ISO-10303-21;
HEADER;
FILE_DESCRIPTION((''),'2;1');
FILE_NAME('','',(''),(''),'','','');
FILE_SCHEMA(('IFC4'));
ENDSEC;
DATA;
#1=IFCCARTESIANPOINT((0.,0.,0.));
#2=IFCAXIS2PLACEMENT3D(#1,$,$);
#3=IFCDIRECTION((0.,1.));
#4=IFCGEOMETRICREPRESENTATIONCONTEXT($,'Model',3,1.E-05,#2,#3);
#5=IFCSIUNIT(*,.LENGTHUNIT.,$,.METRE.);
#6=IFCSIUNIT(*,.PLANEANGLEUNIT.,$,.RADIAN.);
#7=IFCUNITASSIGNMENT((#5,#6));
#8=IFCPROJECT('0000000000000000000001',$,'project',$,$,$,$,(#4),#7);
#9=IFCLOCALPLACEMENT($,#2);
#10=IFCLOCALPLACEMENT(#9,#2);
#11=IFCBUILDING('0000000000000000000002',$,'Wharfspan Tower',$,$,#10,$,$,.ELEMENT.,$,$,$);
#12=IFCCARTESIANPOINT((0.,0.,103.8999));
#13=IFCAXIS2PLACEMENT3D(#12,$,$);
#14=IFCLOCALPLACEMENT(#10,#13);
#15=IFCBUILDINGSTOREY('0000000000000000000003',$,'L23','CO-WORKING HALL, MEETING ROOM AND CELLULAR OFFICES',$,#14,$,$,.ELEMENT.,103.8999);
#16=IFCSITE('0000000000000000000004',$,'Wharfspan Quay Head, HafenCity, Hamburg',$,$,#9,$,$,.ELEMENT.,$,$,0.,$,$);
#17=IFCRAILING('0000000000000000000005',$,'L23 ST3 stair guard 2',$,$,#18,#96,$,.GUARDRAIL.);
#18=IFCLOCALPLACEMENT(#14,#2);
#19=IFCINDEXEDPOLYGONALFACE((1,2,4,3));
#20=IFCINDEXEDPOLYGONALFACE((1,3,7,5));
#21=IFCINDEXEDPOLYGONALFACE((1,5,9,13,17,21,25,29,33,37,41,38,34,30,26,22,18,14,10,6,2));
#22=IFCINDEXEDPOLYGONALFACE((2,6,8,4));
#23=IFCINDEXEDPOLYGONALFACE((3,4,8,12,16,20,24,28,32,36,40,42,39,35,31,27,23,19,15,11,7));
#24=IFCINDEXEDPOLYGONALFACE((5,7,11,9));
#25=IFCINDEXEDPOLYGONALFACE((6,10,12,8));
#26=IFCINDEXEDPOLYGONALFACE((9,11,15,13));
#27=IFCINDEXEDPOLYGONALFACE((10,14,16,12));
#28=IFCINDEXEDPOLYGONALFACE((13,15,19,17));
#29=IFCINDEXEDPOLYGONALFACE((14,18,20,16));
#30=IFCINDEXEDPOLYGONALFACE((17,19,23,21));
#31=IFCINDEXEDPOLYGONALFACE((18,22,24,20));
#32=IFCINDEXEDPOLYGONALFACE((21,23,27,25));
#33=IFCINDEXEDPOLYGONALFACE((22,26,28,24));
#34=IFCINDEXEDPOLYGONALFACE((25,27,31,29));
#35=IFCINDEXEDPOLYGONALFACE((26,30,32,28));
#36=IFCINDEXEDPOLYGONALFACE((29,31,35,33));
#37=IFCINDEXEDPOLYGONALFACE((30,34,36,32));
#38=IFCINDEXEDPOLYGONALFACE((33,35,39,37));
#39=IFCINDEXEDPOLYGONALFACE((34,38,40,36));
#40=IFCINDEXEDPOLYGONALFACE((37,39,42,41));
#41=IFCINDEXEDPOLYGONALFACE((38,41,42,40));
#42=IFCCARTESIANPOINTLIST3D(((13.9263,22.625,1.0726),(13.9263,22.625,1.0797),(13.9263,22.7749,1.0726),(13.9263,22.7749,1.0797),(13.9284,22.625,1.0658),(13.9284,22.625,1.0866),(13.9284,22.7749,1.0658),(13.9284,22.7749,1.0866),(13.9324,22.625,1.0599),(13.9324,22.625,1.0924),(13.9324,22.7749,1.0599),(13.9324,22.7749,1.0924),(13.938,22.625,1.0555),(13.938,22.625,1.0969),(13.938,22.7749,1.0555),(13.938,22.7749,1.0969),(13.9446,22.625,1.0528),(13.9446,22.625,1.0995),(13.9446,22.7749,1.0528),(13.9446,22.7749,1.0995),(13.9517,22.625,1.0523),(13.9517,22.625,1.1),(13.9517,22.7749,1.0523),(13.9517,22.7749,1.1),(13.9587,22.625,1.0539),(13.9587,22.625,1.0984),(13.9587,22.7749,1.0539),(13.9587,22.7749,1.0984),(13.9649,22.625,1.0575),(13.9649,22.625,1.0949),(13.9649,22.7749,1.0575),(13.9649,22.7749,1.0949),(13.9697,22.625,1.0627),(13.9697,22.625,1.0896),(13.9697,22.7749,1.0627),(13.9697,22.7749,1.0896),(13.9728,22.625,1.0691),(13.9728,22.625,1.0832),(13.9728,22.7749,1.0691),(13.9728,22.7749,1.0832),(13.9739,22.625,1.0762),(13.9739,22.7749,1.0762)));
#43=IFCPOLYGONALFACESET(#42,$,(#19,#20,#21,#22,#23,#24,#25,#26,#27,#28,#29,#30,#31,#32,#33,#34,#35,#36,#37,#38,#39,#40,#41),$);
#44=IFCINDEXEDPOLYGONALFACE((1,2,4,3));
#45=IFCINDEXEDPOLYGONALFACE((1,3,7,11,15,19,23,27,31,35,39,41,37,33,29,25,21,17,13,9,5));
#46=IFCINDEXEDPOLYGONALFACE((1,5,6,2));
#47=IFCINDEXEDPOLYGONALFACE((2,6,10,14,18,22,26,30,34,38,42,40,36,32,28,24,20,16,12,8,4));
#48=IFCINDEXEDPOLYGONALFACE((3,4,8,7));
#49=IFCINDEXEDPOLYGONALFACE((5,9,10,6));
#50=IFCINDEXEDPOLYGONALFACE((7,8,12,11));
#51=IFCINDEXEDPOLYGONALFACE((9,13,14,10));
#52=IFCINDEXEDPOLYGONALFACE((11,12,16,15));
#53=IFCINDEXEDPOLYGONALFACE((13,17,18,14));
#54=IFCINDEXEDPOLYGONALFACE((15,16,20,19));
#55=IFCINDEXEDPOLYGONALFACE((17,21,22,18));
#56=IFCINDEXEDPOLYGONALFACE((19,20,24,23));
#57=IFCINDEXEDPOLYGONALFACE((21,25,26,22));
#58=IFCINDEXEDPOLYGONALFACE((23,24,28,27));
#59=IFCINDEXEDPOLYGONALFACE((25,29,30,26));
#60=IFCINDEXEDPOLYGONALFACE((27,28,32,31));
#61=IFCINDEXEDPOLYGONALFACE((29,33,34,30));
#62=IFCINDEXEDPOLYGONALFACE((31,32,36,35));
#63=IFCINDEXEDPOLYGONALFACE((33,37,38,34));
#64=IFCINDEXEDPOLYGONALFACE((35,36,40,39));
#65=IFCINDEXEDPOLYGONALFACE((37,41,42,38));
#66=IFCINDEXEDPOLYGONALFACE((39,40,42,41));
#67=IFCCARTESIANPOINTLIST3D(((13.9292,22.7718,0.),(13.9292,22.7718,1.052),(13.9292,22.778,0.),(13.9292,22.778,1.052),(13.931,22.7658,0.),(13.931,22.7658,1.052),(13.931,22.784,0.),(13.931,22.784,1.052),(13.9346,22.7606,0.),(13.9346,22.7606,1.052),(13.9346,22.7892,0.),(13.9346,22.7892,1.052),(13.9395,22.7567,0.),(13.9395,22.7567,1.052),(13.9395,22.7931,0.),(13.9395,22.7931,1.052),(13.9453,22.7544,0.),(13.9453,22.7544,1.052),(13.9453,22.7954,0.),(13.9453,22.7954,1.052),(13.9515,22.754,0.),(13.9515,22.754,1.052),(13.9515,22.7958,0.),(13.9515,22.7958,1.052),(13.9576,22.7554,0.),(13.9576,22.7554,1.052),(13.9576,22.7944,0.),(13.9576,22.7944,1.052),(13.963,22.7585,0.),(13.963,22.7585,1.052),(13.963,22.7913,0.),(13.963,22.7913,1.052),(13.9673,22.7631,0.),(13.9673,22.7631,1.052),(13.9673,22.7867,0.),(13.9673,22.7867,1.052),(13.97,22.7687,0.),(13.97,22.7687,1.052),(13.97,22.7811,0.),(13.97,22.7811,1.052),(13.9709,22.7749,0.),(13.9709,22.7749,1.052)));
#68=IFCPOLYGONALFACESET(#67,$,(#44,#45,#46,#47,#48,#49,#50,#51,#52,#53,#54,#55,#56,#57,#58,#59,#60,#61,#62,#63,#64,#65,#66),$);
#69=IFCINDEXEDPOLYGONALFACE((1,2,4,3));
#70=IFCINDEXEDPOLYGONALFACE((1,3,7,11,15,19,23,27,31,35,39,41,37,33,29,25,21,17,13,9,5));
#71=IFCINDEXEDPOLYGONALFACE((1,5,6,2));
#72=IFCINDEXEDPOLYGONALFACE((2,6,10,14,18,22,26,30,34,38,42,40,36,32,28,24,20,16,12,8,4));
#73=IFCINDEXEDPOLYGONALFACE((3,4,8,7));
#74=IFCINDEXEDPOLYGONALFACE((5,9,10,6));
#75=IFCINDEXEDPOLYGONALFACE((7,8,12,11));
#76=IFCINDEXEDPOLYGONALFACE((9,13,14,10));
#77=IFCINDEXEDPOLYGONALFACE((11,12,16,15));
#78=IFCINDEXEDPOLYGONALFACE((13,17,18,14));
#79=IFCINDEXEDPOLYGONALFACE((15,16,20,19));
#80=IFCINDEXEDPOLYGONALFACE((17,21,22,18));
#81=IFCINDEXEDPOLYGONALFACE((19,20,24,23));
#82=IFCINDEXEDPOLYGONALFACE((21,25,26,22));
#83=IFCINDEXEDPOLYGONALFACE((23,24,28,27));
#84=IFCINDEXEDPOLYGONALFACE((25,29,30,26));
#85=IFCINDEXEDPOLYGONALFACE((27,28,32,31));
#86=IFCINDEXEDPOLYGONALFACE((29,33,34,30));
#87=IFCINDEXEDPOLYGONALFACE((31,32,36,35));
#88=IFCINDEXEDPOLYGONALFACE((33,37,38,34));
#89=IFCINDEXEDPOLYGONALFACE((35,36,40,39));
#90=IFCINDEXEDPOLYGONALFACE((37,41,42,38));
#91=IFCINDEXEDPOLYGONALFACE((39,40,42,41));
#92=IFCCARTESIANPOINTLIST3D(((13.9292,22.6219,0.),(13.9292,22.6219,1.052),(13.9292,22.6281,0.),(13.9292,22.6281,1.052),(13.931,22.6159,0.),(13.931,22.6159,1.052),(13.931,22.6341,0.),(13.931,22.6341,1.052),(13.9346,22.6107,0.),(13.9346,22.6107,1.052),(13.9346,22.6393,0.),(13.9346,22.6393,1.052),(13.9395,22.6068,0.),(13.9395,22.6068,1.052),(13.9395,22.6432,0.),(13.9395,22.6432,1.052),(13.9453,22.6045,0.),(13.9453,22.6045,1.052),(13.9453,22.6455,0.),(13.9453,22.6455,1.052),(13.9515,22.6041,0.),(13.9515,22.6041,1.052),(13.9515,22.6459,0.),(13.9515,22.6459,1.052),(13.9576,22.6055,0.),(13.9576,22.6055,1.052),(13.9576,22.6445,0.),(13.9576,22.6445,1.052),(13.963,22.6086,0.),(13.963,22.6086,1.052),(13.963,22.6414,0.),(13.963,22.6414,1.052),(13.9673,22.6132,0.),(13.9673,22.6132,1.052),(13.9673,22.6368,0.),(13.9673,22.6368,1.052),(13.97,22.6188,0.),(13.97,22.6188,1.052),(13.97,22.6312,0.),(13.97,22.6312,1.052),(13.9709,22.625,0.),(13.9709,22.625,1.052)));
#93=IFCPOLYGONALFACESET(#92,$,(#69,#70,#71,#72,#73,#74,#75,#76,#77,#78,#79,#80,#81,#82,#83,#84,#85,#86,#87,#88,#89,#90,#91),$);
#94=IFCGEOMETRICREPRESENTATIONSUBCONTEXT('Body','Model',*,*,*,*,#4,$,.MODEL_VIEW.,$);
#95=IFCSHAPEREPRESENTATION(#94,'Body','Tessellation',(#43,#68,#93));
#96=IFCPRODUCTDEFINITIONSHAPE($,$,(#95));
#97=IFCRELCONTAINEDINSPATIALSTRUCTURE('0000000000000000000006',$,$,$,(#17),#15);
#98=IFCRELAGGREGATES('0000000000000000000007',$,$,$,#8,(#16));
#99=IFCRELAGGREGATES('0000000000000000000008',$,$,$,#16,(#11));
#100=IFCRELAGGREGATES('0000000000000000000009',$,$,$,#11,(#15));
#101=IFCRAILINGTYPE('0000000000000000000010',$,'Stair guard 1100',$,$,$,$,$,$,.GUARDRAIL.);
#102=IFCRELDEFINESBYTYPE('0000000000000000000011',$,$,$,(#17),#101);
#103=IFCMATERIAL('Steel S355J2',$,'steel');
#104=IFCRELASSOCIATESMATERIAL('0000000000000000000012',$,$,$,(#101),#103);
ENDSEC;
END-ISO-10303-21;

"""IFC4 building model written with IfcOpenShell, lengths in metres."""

from ifc_helpers import new_model, si_unit, direction, frame, origin, origin_2d, place, context, subcontext, project, spatial, circle, extrude, material, type_object, element, save


model = new_model("IFC4")

# Units and contexts
model_context = context("Model", 3, precision=1e-05, world=origin(), true_north=direction((0.0, 1.0)))
body_context = subcontext(model_context, "Body", "Model", "MODEL_VIEW")
ifc_project = project(units=[si_unit("LENGTHUNIT", "METRE"), si_unit("PLANEANGLEUNIT", "RADIAN")], contexts=[model_context])

# Site, building, storey
site_placement = place(None, origin())
site = spatial("IfcSite", under=ifc_project, at=site_placement, Name="Wharfspan Quay Head, HafenCity, Hamburg", CompositionType="ELEMENT", RefElevation=0.0)
building_placement = place(site_placement, origin())
building = spatial("IfcBuilding", under=site, at=building_placement, Name="Wharfspan Tower", CompositionType="ELEMENT")
storey_placement = place(building_placement, frame((0.0, 0.0, 103.8999)))
storey = spatial("IfcBuildingStorey", under=building, at=storey_placement, Name="L23", Description="CO-WORKING HALL, MEETING ROOM AND CELLULAR OFFICES", CompositionType="ELEMENT", Elevation=103.8999)

# Railing
ifc_material_1 = material(Name="Steel S355J2", Category="steel")
railing_type = type_object("IfcRailingType", Name="Stair guard 1100", PredefinedType="GUARDRAIL", material=ifc_material_1)
railing_1_placement = place(storey_placement, frame((13.95, 22.7749, 0.0)))
element("IfcRailing", 1, at=railing_1_placement, inside=storey, type_object=railing_type, Name="L23 ST3 stair guard 2", PredefinedType="GUARDRAIL", context=body_context, shape_type="SweptSolid", body=[
    extrude(circle(Radius=0.0239, at=origin_2d()), frame((0.0, 0.0, 1.0762), z_axis=(0.0, -1.0, 0.0), x_axis=(1.0, 0.0, 0.0)), (0.0, 0.0, 1.0), 0.1499),
    extrude(circle(Radius=0.021, at=origin_2d()), origin(), (0.0, 0.0, 1.0), 1.052),
    extrude(circle(Radius=0.021, at=origin_2d()), frame((0.0, -0.1499, 0.0)), (0.0, 0.0, 1.0), 1.052),
])

save(model, "model.ifc")
